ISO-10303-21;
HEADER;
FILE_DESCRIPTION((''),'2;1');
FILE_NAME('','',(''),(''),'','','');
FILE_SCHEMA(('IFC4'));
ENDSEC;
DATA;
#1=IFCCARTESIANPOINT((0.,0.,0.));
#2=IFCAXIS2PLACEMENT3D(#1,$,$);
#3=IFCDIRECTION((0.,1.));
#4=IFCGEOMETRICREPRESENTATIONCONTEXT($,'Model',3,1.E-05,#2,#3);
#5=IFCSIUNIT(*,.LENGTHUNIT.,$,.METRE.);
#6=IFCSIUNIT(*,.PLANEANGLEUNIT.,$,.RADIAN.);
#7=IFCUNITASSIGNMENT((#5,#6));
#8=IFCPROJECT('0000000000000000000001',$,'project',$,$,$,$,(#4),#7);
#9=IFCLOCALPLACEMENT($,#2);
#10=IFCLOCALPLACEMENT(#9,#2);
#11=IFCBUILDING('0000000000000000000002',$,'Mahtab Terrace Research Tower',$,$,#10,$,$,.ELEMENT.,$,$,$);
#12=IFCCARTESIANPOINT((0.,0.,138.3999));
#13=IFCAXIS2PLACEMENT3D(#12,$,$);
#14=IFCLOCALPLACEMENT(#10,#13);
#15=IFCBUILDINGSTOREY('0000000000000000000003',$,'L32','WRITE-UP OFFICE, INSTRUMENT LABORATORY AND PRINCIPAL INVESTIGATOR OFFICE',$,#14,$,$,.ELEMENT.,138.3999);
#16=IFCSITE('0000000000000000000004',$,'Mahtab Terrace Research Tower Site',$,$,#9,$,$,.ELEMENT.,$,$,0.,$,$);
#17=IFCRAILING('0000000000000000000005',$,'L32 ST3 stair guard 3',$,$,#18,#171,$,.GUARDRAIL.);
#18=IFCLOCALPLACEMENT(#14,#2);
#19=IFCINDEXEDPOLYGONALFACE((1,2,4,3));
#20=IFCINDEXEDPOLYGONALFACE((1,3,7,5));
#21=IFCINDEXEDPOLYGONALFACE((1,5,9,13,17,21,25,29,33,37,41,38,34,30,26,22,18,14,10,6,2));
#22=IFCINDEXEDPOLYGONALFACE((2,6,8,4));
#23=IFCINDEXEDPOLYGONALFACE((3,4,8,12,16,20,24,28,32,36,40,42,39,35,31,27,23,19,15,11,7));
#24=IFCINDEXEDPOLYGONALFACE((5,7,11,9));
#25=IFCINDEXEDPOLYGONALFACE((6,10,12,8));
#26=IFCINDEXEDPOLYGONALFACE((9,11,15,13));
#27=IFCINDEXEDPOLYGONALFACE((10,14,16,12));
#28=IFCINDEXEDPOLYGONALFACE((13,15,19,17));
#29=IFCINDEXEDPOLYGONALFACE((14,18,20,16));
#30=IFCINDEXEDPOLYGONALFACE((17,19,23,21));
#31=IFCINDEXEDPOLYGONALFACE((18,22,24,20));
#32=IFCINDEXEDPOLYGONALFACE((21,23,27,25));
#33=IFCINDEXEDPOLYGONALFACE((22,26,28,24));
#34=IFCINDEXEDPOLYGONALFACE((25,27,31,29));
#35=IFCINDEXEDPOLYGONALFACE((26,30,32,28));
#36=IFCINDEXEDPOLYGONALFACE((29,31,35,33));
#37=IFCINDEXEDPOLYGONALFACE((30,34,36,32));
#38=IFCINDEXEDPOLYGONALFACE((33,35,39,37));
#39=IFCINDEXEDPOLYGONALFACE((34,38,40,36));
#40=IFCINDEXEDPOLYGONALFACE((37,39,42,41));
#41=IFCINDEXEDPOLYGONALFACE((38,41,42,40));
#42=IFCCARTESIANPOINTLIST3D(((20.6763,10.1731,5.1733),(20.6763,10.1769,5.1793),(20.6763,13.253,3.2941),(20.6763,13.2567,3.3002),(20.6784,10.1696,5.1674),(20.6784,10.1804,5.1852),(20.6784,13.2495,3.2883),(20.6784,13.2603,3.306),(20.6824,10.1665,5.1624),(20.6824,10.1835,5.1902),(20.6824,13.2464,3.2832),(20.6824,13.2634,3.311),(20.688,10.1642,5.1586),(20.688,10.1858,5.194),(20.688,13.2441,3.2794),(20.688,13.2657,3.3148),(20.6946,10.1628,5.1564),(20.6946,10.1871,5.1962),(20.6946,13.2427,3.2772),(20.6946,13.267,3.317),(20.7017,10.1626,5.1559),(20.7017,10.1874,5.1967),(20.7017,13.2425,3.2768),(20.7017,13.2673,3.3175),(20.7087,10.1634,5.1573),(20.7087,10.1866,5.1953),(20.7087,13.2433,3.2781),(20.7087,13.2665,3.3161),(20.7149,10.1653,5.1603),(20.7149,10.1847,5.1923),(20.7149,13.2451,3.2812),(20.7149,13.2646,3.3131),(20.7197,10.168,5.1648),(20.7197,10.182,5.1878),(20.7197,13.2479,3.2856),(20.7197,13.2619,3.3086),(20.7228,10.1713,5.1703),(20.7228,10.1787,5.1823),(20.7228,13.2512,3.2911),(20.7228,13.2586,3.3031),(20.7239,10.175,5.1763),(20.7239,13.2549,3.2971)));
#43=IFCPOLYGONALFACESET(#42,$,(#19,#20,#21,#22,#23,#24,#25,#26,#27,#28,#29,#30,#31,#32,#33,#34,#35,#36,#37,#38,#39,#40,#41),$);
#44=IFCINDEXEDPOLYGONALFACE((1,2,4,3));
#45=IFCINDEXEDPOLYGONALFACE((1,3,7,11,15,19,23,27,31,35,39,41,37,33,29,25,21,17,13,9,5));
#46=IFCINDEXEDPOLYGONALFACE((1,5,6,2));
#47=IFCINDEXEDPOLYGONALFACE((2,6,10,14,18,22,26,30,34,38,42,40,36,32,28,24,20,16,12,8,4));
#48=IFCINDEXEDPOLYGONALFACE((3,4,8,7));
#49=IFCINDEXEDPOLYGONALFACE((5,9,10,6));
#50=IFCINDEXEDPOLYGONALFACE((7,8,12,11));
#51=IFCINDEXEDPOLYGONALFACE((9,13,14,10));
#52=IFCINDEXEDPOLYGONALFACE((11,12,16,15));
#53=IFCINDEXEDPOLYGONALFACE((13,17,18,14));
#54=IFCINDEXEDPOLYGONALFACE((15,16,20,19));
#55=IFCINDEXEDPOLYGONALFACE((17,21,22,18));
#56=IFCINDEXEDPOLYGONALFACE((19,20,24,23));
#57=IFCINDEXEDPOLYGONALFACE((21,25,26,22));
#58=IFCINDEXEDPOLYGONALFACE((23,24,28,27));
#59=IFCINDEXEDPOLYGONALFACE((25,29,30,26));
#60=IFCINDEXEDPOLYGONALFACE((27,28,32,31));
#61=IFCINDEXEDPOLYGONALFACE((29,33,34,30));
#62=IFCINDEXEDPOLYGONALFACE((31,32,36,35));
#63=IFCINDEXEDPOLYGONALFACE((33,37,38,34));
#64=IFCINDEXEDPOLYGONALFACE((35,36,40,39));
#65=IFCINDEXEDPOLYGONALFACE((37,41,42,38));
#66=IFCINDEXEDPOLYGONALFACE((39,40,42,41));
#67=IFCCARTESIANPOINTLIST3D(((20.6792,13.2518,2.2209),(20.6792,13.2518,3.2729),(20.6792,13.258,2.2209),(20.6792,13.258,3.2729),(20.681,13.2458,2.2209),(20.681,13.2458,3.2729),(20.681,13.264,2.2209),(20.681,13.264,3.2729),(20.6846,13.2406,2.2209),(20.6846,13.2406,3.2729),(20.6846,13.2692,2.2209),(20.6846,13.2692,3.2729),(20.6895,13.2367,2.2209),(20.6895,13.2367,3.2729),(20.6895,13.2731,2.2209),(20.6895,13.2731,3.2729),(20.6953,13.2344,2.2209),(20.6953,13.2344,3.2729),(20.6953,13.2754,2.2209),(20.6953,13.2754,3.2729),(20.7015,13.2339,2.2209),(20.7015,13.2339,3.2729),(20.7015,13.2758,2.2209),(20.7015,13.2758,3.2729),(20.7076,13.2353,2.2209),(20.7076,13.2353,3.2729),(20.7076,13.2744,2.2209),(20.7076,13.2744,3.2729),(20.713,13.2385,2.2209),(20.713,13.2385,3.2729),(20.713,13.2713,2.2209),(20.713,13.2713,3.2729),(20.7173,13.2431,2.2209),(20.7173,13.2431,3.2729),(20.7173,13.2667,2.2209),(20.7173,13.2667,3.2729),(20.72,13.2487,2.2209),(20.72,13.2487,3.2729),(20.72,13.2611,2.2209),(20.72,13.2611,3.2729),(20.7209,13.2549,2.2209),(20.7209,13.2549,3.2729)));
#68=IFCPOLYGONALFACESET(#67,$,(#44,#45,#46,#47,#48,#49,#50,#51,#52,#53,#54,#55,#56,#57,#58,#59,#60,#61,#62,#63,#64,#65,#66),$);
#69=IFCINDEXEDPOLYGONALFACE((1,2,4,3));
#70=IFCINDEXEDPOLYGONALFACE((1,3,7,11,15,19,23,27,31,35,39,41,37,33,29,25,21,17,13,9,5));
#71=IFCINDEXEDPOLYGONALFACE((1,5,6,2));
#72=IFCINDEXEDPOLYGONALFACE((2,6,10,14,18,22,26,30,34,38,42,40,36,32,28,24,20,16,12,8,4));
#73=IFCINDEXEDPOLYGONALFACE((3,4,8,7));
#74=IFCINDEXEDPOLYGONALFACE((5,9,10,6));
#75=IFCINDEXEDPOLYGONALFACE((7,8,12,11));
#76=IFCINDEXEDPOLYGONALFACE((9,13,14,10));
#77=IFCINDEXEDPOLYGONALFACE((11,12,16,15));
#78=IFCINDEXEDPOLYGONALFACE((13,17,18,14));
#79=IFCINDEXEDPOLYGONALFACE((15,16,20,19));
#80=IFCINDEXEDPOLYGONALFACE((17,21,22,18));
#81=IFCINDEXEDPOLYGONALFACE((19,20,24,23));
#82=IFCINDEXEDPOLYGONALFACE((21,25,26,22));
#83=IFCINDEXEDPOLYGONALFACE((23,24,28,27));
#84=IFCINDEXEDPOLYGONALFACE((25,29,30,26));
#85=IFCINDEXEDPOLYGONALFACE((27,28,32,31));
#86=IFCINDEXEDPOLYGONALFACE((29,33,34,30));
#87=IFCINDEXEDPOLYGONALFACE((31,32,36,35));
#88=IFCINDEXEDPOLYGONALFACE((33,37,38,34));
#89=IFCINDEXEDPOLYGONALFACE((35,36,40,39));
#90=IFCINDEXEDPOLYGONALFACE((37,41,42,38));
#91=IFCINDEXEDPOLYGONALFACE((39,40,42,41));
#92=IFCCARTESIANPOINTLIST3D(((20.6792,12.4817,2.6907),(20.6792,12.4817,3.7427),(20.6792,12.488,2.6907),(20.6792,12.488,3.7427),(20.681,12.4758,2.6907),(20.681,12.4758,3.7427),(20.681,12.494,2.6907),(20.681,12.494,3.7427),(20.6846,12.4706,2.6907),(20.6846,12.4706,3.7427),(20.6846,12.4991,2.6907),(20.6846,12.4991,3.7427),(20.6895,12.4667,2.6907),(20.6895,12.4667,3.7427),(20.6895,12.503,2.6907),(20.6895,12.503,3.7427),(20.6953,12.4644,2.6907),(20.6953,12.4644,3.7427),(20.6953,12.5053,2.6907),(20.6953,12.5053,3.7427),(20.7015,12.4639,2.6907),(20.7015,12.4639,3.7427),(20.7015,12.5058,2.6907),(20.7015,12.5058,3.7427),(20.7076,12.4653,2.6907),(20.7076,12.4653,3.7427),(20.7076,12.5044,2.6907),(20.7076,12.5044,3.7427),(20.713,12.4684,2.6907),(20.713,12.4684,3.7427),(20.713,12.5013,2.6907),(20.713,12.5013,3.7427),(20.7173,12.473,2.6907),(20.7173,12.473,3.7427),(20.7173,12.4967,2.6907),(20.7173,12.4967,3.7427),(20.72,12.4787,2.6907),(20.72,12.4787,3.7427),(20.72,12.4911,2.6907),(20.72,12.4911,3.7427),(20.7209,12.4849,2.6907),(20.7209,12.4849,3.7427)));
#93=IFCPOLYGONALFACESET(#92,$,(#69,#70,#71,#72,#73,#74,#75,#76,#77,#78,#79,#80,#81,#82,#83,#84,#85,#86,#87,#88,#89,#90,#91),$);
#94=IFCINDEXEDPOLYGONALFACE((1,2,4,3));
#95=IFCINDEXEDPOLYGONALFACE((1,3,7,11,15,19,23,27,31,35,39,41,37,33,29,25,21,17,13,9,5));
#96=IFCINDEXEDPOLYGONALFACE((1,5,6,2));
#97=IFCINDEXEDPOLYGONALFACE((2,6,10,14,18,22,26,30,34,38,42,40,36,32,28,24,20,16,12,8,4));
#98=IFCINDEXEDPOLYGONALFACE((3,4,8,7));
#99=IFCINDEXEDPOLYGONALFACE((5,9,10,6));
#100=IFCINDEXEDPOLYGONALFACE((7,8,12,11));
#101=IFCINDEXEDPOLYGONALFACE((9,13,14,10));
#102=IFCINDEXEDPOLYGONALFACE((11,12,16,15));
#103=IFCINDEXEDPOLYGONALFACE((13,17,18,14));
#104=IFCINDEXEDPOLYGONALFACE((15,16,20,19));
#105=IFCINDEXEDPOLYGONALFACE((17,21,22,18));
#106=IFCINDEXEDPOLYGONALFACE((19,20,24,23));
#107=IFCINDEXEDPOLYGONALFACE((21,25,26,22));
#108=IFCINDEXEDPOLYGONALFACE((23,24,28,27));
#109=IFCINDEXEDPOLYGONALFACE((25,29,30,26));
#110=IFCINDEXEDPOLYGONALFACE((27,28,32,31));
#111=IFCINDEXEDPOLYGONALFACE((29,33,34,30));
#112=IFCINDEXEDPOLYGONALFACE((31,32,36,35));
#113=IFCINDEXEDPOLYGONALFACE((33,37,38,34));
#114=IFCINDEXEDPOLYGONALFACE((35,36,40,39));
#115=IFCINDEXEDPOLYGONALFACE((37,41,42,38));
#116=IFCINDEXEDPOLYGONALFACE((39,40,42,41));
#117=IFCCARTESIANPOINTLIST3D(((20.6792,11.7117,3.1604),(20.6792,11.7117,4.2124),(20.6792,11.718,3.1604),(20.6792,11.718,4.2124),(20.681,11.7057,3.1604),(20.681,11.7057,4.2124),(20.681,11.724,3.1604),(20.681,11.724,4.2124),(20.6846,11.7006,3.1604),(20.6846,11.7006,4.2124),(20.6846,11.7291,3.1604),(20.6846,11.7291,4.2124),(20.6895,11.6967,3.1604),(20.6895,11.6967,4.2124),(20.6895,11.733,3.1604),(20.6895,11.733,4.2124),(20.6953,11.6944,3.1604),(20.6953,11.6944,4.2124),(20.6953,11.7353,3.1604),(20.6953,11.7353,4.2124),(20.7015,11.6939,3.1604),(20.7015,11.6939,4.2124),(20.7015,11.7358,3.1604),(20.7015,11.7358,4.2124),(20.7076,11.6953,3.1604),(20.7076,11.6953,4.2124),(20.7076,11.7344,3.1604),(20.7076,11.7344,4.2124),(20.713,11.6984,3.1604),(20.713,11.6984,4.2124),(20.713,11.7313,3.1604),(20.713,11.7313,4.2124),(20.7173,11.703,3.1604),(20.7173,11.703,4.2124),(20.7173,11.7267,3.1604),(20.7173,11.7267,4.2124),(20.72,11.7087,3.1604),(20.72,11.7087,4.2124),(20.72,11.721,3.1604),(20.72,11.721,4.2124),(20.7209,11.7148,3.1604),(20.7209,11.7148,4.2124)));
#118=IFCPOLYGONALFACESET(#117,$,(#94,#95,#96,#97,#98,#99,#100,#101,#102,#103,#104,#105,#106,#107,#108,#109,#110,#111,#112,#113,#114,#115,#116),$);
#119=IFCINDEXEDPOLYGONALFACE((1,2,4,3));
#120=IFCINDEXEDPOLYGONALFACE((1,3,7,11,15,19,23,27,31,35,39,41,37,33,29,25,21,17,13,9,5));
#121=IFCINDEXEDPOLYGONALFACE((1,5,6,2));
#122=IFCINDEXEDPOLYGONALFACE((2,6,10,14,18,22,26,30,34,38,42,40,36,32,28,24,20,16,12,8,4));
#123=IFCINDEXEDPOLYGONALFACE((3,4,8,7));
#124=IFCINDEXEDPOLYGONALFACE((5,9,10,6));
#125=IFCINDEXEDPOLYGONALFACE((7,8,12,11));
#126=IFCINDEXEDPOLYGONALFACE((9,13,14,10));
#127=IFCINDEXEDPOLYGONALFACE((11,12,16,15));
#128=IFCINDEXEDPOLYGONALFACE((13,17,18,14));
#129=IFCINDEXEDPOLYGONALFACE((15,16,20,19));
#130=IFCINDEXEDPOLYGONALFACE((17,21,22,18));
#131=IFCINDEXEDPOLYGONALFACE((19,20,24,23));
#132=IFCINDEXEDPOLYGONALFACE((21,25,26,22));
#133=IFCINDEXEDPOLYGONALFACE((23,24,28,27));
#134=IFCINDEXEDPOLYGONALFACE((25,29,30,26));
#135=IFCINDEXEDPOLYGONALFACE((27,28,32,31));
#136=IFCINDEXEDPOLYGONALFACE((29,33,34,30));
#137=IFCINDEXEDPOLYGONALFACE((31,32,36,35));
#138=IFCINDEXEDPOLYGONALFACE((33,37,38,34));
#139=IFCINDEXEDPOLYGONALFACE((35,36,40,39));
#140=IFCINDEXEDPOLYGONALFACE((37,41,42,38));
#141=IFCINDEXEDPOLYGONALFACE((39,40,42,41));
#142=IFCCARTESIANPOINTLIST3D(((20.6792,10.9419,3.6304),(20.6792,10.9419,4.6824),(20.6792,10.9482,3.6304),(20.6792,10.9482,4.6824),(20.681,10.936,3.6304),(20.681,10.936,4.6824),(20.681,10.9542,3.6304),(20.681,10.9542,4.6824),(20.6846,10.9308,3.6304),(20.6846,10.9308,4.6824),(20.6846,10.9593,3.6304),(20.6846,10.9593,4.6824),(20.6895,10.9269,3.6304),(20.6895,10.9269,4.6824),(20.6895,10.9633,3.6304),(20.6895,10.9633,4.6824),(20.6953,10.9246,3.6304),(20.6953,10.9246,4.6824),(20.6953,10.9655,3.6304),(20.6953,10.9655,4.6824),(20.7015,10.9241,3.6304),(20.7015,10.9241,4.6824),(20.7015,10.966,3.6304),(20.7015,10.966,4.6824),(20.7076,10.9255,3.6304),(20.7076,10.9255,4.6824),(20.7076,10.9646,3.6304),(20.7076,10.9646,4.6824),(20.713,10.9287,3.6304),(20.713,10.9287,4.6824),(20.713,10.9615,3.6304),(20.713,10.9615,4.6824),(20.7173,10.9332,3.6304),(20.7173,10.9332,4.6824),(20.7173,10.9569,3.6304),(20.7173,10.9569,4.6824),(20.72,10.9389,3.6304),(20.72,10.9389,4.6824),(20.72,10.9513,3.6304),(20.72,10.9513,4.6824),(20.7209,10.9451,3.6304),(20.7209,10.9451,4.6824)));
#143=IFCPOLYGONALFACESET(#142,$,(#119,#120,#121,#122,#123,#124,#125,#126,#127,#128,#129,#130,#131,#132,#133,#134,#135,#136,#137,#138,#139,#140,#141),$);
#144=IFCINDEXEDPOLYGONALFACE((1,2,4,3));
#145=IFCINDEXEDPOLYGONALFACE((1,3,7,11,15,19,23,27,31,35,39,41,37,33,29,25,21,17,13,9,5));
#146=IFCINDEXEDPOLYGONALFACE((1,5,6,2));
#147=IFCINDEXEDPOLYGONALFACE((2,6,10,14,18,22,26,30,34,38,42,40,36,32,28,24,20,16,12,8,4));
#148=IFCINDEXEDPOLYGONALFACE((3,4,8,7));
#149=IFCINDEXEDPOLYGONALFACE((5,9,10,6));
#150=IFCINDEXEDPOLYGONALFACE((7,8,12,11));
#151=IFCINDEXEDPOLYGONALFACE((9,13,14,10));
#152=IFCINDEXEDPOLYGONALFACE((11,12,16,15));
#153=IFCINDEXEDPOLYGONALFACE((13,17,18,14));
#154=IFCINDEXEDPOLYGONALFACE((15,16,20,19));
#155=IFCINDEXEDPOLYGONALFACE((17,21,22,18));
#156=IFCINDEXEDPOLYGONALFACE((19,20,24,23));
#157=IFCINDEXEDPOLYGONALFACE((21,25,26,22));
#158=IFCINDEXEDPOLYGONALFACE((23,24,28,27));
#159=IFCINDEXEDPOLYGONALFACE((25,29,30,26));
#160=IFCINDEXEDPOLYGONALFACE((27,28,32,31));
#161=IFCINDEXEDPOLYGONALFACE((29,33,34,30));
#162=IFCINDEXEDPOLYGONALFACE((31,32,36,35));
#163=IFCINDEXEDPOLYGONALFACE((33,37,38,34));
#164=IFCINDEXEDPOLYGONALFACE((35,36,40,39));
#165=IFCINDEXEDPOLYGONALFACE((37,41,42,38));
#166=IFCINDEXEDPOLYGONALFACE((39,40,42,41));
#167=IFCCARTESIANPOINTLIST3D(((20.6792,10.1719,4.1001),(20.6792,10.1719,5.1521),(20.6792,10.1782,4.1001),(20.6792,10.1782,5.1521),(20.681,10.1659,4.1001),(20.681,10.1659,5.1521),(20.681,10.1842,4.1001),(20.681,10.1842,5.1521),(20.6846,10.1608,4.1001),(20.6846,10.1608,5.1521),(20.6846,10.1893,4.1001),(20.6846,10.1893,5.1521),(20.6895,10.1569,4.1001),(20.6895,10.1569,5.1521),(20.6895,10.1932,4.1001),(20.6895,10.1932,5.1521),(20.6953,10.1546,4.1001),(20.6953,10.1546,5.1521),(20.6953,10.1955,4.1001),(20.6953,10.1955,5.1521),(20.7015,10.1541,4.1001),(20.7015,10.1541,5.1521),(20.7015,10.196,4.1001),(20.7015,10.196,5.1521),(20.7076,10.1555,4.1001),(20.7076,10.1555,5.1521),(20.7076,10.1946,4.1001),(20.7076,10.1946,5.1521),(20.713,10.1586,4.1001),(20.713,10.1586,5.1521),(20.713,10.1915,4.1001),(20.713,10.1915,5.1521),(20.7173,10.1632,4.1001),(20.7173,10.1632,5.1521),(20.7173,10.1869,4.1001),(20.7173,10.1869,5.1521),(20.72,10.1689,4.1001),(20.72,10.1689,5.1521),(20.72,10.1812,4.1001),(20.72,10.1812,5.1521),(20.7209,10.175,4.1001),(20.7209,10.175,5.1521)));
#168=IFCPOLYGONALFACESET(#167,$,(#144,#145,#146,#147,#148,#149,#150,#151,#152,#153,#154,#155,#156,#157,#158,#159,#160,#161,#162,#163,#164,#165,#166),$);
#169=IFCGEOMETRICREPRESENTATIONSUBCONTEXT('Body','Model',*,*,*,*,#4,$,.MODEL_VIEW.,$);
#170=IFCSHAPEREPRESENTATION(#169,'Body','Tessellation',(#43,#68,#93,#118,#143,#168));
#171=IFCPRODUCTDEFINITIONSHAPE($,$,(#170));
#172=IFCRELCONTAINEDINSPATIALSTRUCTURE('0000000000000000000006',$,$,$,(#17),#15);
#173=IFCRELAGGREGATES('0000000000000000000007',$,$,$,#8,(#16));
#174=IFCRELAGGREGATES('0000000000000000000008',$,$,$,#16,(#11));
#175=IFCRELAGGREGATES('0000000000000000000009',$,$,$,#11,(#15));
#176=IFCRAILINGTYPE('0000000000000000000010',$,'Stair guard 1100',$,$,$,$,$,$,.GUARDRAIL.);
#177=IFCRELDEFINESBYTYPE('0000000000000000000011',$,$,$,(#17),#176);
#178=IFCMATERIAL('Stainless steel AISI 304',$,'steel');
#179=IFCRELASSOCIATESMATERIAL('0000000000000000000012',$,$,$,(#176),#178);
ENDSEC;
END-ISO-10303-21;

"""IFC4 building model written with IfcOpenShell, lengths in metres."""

from ifc_helpers import new_model, si_unit, direction, frame, origin, origin_2d, place, context, subcontext, project, spatial, circle, extrude, material, type_object, element, save


model = new_model("IFC4")

# Units and contexts
model_context = context("Model", 3, precision=1e-05, world=origin(), true_north=direction((0.0, 1.0)))
body_context = subcontext(model_context, "Body", "Model", "MODEL_VIEW")
ifc_project = project(units=[si_unit("LENGTHUNIT", "METRE"), si_unit("PLANEANGLEUNIT", "RADIAN")], contexts=[model_context])

# Site, building, storey
site_placement = place(None, origin())
site = spatial("IfcSite", under=ifc_project, at=site_placement, Name="Mahtab Terrace Research Tower Site", CompositionType="ELEMENT", RefElevation=0.0)
building_placement = place(site_placement, origin())
building = spatial("IfcBuilding", under=site, at=building_placement, Name="Mahtab Terrace Research Tower", CompositionType="ELEMENT")
storey_placement = place(building_placement, frame((0.0, 0.0, 138.3999)))
storey = spatial("IfcBuildingStorey", under=building, at=storey_placement, Name="L32", Description="WRITE-UP OFFICE, INSTRUMENT LABORATORY AND PRINCIPAL INVESTIGATOR OFFICE", CompositionType="ELEMENT", Elevation=138.3999)

# Shared definitions
ifc_material_1 = material(Name="Stainless steel AISI 304", Category="steel")

# Railing
railing_type_1 = type_object("IfcRailingType", Name="Stair guard 1100", PredefinedType="GUARDRAIL", material=ifc_material_1)
railing_1_placement = place(storey_placement, frame((20.7, 13.2549, 2.2209)))
element("IfcRailing", 1, at=railing_1_placement, inside=storey, type_object=railing_type_1, Name="L32 ST3 stair guard 3", PredefinedType="GUARDRAIL", context=body_context, shape_type="SweptSolid", body=[
    extrude(circle(Radius=0.0239, at=origin_2d()), frame((0.0, 0.0, 1.0762), z_axis=(0.0, -0.853648, 0.52085), x_axis=(1.0, 0.0, 0.0)), (0.0, 0.0, 1.0), 3.6079),
    extrude(circle(Radius=0.021, at=origin_2d()), origin(), (0.0, 0.0, 1.0), 1.052),
    extrude(circle(Radius=0.021, at=origin_2d()), frame((0.0, -0.77, 0.4697)), (0.0, 0.0, 1.0), 1.052),
    extrude(circle(Radius=0.021, at=origin_2d()), frame((0.0, -1.54, 0.9395)), (0.0, 0.0, 1.0), 1.052),
    extrude(circle(Radius=0.021, at=origin_2d()), frame((0.0, -2.3098, 1.4094)), (0.0, 0.0, 1.0), 1.052),
    extrude(circle(Radius=0.021, at=origin_2d()), frame((0.0, -3.0798, 1.8792)), (0.0, 0.0, 1.0), 1.052),
])

save(model, "model.ifc")
